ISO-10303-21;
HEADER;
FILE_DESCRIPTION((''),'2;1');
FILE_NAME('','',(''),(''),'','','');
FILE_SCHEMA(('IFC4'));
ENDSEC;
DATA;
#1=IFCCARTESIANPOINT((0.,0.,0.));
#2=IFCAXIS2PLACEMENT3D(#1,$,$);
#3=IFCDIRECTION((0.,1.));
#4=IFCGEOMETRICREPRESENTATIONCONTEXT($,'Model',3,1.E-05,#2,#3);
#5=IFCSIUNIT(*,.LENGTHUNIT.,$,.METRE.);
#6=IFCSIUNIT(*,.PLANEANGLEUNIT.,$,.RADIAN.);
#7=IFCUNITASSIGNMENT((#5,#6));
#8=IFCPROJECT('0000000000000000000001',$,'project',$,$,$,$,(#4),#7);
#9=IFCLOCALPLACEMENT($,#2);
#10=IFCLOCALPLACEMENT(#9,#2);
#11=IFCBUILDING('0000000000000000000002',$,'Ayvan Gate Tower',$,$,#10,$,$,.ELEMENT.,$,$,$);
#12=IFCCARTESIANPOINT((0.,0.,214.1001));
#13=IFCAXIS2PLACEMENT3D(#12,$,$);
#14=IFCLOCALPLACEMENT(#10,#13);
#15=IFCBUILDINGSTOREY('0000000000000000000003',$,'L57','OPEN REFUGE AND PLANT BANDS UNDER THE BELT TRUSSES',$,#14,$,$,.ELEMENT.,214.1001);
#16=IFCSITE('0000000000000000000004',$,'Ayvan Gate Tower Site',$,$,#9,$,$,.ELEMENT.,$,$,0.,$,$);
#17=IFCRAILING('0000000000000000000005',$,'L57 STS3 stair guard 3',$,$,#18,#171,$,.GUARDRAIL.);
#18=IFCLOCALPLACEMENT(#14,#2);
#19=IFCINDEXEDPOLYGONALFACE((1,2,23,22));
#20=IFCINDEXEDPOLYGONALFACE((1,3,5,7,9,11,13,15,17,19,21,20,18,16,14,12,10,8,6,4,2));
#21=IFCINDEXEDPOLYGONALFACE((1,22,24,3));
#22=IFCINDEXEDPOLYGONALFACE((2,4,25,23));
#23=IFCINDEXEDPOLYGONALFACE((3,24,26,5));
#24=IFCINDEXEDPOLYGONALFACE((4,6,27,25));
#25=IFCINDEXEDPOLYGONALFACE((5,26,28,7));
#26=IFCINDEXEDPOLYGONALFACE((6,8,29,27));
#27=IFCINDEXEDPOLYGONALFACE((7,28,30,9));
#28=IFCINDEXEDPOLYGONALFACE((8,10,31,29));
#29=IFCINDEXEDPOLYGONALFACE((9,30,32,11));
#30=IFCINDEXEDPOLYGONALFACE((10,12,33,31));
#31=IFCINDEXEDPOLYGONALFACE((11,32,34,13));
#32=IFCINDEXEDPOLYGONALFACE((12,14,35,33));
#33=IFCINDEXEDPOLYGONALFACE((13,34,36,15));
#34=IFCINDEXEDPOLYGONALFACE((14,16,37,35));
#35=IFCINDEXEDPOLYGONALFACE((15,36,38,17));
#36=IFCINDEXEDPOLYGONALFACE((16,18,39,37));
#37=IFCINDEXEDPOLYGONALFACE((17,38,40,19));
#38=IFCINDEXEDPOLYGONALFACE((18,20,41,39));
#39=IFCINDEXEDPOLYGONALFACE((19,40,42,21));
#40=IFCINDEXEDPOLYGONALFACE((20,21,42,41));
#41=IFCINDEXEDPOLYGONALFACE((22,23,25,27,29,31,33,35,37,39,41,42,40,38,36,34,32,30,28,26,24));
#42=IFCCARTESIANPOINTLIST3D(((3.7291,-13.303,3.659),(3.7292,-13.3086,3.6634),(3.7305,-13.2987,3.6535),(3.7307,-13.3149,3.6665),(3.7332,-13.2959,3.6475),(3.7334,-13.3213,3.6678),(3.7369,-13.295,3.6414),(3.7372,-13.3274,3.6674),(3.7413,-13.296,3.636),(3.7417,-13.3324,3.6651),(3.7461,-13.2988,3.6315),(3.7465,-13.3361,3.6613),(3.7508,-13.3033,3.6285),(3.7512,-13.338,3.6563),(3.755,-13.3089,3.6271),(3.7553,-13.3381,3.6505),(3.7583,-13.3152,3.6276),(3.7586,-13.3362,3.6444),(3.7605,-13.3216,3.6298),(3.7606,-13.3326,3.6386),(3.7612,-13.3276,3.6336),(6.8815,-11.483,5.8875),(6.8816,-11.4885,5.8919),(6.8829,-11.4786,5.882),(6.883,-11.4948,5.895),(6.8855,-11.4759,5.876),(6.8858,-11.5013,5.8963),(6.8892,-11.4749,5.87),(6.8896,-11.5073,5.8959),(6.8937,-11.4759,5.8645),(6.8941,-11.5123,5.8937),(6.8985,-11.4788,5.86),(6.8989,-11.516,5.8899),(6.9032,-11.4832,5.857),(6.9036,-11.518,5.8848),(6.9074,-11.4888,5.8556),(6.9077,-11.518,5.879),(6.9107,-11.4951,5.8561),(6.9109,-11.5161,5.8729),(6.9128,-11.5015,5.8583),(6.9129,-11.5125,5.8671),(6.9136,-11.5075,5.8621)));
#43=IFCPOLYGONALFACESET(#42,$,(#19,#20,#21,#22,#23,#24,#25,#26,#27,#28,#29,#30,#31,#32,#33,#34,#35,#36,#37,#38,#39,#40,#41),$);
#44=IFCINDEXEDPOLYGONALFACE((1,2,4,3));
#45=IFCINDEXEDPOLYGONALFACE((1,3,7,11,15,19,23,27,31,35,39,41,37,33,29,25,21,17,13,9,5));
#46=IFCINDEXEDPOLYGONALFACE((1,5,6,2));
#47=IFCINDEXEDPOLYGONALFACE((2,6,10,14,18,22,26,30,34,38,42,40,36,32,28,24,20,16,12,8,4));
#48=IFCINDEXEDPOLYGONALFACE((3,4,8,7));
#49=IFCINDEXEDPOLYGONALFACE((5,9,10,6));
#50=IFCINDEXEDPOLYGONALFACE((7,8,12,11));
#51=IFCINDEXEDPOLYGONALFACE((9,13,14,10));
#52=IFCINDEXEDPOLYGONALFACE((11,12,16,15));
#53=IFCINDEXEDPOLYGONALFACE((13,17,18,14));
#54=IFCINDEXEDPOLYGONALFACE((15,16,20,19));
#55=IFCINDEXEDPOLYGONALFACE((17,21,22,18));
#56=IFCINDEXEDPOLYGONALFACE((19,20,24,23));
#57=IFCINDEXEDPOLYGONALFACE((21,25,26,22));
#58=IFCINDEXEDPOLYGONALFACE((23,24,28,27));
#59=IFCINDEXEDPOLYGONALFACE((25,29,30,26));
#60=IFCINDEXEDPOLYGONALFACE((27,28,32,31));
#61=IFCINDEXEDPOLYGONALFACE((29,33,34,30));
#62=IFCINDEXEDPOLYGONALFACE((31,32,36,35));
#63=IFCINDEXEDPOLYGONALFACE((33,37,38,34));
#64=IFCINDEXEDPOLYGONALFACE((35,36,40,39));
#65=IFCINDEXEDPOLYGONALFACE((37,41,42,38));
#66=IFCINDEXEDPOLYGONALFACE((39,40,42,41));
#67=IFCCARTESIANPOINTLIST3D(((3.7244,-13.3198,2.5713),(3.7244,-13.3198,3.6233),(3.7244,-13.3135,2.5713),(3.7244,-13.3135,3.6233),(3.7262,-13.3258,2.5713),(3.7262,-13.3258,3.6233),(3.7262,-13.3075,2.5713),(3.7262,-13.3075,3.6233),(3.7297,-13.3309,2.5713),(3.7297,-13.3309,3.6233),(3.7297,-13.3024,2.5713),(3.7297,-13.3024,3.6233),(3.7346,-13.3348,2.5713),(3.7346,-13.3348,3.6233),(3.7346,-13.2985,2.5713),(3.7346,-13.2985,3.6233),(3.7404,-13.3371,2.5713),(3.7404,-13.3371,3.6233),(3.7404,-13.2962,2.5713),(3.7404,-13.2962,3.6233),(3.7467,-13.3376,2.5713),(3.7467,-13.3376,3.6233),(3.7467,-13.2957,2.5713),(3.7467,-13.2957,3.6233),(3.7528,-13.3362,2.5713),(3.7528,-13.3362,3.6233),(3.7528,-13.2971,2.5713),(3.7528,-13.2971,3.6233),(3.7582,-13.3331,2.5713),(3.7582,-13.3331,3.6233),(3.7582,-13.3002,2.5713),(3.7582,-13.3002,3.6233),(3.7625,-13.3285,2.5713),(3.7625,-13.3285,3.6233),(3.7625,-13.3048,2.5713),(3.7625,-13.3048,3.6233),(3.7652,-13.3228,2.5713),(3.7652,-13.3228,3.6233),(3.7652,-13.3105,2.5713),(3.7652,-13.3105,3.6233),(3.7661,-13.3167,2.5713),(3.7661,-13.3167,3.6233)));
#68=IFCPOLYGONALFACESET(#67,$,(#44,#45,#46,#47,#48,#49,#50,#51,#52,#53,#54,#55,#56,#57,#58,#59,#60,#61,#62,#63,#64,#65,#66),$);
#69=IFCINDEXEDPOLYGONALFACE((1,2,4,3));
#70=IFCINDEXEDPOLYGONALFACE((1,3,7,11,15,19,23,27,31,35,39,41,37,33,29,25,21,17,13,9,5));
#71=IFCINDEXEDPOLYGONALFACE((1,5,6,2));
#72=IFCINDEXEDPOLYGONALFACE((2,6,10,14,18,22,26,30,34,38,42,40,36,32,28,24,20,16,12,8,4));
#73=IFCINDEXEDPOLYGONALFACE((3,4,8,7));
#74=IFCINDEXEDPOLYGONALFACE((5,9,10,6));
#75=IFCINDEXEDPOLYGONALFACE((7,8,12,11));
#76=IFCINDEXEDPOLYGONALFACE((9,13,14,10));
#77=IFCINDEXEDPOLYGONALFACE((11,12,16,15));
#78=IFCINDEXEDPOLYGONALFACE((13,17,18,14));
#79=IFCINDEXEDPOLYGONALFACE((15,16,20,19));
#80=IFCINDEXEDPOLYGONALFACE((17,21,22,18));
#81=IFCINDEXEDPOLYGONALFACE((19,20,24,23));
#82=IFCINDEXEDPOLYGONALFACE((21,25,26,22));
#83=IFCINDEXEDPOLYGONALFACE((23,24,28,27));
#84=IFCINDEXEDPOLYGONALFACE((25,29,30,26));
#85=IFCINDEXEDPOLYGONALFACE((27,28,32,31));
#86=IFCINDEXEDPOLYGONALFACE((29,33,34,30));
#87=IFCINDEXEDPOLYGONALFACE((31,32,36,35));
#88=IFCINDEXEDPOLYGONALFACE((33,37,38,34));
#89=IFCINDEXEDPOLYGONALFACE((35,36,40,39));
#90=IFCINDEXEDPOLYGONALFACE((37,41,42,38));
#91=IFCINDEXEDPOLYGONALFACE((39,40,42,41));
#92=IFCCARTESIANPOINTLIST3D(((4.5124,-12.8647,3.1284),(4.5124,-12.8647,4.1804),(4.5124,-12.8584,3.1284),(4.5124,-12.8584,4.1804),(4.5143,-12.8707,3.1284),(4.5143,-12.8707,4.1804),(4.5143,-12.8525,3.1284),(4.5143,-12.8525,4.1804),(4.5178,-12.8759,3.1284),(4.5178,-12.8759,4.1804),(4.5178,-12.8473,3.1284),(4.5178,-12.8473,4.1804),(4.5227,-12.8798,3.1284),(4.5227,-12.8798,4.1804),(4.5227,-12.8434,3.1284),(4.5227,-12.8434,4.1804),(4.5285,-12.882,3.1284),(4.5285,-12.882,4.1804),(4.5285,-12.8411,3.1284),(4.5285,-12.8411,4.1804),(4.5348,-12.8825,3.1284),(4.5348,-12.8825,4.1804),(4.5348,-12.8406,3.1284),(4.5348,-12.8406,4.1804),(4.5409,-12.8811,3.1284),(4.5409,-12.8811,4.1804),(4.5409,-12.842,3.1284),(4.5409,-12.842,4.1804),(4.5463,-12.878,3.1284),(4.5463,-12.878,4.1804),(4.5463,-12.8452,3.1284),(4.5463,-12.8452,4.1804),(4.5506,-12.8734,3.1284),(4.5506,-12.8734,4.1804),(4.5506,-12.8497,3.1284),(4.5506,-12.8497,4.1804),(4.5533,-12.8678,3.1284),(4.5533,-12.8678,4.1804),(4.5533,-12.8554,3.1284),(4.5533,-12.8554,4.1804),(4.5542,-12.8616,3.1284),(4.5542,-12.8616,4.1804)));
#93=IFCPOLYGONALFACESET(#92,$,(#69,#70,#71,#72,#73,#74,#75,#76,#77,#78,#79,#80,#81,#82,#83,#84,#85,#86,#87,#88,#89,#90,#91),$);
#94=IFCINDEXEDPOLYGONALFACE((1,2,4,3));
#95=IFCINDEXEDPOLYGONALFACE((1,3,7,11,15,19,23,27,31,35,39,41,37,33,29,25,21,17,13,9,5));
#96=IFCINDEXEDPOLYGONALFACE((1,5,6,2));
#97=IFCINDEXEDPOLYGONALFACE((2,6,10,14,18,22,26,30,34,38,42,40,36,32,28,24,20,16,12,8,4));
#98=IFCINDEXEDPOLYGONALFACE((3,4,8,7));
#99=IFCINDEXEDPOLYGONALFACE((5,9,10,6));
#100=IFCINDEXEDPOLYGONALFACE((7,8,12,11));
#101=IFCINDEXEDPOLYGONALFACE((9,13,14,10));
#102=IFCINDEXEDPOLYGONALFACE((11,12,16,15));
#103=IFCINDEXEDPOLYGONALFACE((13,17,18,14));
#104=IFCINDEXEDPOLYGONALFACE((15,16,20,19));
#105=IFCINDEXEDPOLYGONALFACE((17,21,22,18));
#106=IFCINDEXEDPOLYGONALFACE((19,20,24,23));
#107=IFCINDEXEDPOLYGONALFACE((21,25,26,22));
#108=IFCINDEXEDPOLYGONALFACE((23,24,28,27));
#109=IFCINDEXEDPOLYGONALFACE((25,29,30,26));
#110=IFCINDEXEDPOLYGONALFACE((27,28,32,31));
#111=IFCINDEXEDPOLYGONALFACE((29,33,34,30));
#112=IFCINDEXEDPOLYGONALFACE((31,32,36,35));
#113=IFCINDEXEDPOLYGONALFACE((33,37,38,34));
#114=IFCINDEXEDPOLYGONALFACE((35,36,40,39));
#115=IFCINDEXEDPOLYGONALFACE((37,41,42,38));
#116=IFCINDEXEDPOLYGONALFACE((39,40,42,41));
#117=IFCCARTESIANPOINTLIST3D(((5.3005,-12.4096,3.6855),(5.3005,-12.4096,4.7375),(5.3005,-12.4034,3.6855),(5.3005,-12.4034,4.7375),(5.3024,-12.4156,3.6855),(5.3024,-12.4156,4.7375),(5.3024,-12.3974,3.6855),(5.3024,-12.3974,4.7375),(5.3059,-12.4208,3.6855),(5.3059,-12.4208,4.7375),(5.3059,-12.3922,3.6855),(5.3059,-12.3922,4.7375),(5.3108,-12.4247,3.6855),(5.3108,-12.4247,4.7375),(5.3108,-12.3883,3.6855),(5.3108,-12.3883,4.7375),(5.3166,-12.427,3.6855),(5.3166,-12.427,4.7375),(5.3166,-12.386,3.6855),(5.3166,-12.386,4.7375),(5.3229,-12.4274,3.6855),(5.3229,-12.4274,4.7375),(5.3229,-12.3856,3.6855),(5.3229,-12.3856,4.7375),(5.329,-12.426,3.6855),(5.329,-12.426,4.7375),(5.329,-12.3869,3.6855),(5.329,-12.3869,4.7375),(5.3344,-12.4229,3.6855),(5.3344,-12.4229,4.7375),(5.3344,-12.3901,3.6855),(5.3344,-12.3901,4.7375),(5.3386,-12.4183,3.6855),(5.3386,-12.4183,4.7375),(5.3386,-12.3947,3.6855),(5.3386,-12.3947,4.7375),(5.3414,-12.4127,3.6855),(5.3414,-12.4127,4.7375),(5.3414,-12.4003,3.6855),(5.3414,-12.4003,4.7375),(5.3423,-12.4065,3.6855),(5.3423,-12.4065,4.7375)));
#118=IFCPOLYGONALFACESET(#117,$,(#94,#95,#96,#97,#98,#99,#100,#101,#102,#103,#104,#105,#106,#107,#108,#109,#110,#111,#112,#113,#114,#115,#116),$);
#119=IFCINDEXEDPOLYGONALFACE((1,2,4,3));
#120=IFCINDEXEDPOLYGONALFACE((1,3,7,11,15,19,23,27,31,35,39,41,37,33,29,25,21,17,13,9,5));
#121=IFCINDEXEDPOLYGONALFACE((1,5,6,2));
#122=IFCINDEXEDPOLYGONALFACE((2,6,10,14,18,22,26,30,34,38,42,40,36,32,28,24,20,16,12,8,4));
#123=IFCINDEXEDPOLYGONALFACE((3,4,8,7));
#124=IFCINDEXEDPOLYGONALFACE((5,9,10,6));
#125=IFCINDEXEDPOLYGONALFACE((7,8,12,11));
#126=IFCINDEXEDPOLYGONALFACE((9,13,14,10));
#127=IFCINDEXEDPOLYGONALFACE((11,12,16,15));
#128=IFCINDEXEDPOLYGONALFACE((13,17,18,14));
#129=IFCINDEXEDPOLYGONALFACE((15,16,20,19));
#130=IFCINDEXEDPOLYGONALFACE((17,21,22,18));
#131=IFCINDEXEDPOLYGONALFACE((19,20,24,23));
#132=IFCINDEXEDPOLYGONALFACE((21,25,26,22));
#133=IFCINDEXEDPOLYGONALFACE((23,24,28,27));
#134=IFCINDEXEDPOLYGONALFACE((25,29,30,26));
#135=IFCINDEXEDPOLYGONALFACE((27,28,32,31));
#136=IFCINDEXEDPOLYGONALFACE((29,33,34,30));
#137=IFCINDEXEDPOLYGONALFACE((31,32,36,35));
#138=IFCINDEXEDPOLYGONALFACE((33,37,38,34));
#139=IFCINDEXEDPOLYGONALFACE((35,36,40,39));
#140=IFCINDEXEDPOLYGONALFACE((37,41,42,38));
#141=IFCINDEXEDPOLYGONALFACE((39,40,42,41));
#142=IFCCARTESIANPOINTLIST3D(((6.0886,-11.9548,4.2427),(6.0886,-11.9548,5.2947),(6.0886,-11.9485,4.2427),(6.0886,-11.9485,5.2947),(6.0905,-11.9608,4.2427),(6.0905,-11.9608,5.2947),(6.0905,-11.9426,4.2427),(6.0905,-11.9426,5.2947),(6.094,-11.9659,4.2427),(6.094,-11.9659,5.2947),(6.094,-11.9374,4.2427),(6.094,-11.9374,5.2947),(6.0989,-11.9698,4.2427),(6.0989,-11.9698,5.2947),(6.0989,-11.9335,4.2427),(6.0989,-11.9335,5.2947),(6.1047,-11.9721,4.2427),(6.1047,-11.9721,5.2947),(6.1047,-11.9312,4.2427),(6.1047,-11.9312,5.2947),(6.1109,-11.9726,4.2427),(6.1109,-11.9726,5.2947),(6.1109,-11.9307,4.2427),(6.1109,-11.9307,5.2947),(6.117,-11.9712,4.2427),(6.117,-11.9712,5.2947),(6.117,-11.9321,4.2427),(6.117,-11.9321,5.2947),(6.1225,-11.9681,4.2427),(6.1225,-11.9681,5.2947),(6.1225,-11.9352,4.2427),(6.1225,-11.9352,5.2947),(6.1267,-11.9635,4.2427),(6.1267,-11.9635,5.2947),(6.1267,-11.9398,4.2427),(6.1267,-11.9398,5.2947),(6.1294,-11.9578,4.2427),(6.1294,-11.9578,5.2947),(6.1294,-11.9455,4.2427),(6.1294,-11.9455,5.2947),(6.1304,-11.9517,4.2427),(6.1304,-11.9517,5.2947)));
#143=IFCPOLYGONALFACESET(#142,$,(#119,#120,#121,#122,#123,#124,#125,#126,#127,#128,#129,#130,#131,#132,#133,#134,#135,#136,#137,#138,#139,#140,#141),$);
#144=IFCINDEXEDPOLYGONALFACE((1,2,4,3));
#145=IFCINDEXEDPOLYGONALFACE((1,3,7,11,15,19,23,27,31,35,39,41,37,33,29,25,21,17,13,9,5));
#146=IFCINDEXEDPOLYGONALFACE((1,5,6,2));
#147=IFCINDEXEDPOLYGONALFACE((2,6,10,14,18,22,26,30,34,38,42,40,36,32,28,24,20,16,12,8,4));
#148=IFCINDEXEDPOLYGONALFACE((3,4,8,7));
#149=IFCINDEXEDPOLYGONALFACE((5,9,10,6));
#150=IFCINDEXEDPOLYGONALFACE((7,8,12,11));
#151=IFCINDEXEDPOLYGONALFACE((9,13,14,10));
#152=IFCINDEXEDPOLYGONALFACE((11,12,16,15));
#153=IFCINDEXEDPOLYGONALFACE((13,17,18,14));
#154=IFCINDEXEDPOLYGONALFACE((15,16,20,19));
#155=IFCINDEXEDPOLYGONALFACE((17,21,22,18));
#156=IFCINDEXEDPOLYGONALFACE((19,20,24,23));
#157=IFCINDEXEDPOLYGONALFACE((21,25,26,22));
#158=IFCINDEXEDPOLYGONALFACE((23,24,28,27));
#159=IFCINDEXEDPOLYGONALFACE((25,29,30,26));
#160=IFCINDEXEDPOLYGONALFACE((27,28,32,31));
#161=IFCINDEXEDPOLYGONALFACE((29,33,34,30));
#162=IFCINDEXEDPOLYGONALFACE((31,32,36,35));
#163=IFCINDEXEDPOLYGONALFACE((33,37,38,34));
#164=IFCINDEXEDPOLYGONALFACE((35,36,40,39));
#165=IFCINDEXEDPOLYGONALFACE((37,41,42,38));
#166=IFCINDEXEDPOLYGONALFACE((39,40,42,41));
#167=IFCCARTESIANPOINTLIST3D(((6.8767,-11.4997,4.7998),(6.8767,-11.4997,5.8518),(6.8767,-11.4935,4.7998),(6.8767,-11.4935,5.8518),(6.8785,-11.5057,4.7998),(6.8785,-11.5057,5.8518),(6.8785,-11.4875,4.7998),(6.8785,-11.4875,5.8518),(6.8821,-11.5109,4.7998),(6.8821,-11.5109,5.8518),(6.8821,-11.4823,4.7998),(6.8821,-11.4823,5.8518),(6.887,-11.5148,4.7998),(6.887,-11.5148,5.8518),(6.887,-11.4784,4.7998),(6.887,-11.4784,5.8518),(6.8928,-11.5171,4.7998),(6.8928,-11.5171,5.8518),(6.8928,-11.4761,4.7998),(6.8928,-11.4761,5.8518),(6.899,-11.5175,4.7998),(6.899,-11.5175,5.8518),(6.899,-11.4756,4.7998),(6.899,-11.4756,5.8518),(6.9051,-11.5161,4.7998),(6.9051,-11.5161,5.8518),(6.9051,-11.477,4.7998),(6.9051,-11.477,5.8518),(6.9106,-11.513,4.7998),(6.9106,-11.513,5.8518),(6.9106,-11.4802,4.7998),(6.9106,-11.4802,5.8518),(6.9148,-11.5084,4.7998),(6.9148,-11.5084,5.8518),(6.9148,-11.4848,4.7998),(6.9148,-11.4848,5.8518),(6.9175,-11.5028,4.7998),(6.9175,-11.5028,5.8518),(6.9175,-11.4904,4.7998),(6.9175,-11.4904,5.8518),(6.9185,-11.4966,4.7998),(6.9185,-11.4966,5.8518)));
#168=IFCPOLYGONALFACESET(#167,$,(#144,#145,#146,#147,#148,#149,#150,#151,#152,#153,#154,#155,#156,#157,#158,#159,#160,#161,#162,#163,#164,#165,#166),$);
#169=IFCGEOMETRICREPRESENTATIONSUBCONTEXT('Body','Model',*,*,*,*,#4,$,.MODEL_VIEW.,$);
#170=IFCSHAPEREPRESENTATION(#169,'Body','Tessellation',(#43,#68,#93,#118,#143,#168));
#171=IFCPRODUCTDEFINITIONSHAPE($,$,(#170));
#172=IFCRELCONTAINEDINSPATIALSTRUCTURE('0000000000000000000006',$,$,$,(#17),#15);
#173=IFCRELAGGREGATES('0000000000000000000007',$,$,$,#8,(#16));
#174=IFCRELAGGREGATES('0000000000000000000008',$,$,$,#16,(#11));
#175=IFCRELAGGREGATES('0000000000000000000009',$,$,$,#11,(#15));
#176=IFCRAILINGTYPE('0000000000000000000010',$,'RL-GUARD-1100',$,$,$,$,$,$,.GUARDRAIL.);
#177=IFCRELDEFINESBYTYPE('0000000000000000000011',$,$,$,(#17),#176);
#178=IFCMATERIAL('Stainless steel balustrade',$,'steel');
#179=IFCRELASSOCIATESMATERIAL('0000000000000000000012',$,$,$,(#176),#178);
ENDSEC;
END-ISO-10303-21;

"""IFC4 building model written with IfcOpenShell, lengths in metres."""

from ifc_helpers import new_model, si_unit, direction, frame, origin, origin_2d, place, context, subcontext, project, spatial, circle, extrude, material, type_object, element, save


model = new_model("IFC4")

# Units and contexts
model_context = context("Model", 3, precision=1e-05, world=origin(), true_north=direction((0.0, 1.0)))
body_context = subcontext(model_context, "Body", "Model", "MODEL_VIEW")
ifc_project = project(units=[si_unit("LENGTHUNIT", "METRE"), si_unit("PLANEANGLEUNIT", "RADIAN")], contexts=[model_context])

# Site, building, storey
site_placement = place(None, origin())
site = spatial("IfcSite", under=ifc_project, at=site_placement, Name="Ayvan Gate Tower Site", CompositionType="ELEMENT", RefElevation=0.0)
building_placement = place(site_placement, origin())
building = spatial("IfcBuilding", under=site, at=building_placement, Name="Ayvan Gate Tower", CompositionType="ELEMENT")
storey_placement = place(building_placement, frame((0.0, 0.0, 214.1001)))
storey = spatial("IfcBuildingStorey", under=building, at=storey_placement, Name="L57", Description="OPEN REFUGE AND PLANT BANDS UNDER THE BELT TRUSSES", CompositionType="ELEMENT", Elevation=214.1001)

# Railing
ifc_material_1 = material(Name="Stainless steel balustrade", Category="steel")
railing_type_1 = type_object("IfcRailingType", Name="RL-GUARD-1100", PredefinedType="GUARDRAIL", material=ifc_material_1)
railing_1_placement = place(storey_placement, frame((3.7451, -13.3167, 2.5713)))
element("IfcRailing", 1, at=railing_1_placement, inside=storey, type_object=railing_type_1, Name="L57 STS3 stair guard 3", PredefinedType="GUARDRAIL", context=body_context, shape_type="SweptSolid", body=[
    extrude(circle(Radius=0.0239, at=origin_2d()), frame((0.0, 0.0, 1.0762), z_axis=(0.738592, 0.426441, 0.52214), x_axis=(-0.500013, 0.866018, 0.0)), (0.0, 0.0, 1.0), 4.2681),
    extrude(circle(Radius=0.021, at=origin_2d()), origin(), (0.0, 0.0, 1.0), 1.052),
    extrude(circle(Radius=0.021, at=origin_2d()), frame((0.7881, 0.4551, 0.5571)), (0.0, 0.0, 1.0), 1.052),
    extrude(circle(Radius=0.021, at=origin_2d()), frame((1.5762, 0.9102, 1.1143)), (0.0, 0.0, 1.0), 1.052),
    extrude(circle(Radius=0.021, at=origin_2d()), frame((2.3643, 1.365, 1.6714)), (0.0, 0.0, 1.0), 1.052),
    extrude(circle(Radius=0.021, at=origin_2d()), frame((3.1523, 1.8201, 2.2285)), (0.0, 0.0, 1.0), 1.052),
])

save(model, "model.ifc")
